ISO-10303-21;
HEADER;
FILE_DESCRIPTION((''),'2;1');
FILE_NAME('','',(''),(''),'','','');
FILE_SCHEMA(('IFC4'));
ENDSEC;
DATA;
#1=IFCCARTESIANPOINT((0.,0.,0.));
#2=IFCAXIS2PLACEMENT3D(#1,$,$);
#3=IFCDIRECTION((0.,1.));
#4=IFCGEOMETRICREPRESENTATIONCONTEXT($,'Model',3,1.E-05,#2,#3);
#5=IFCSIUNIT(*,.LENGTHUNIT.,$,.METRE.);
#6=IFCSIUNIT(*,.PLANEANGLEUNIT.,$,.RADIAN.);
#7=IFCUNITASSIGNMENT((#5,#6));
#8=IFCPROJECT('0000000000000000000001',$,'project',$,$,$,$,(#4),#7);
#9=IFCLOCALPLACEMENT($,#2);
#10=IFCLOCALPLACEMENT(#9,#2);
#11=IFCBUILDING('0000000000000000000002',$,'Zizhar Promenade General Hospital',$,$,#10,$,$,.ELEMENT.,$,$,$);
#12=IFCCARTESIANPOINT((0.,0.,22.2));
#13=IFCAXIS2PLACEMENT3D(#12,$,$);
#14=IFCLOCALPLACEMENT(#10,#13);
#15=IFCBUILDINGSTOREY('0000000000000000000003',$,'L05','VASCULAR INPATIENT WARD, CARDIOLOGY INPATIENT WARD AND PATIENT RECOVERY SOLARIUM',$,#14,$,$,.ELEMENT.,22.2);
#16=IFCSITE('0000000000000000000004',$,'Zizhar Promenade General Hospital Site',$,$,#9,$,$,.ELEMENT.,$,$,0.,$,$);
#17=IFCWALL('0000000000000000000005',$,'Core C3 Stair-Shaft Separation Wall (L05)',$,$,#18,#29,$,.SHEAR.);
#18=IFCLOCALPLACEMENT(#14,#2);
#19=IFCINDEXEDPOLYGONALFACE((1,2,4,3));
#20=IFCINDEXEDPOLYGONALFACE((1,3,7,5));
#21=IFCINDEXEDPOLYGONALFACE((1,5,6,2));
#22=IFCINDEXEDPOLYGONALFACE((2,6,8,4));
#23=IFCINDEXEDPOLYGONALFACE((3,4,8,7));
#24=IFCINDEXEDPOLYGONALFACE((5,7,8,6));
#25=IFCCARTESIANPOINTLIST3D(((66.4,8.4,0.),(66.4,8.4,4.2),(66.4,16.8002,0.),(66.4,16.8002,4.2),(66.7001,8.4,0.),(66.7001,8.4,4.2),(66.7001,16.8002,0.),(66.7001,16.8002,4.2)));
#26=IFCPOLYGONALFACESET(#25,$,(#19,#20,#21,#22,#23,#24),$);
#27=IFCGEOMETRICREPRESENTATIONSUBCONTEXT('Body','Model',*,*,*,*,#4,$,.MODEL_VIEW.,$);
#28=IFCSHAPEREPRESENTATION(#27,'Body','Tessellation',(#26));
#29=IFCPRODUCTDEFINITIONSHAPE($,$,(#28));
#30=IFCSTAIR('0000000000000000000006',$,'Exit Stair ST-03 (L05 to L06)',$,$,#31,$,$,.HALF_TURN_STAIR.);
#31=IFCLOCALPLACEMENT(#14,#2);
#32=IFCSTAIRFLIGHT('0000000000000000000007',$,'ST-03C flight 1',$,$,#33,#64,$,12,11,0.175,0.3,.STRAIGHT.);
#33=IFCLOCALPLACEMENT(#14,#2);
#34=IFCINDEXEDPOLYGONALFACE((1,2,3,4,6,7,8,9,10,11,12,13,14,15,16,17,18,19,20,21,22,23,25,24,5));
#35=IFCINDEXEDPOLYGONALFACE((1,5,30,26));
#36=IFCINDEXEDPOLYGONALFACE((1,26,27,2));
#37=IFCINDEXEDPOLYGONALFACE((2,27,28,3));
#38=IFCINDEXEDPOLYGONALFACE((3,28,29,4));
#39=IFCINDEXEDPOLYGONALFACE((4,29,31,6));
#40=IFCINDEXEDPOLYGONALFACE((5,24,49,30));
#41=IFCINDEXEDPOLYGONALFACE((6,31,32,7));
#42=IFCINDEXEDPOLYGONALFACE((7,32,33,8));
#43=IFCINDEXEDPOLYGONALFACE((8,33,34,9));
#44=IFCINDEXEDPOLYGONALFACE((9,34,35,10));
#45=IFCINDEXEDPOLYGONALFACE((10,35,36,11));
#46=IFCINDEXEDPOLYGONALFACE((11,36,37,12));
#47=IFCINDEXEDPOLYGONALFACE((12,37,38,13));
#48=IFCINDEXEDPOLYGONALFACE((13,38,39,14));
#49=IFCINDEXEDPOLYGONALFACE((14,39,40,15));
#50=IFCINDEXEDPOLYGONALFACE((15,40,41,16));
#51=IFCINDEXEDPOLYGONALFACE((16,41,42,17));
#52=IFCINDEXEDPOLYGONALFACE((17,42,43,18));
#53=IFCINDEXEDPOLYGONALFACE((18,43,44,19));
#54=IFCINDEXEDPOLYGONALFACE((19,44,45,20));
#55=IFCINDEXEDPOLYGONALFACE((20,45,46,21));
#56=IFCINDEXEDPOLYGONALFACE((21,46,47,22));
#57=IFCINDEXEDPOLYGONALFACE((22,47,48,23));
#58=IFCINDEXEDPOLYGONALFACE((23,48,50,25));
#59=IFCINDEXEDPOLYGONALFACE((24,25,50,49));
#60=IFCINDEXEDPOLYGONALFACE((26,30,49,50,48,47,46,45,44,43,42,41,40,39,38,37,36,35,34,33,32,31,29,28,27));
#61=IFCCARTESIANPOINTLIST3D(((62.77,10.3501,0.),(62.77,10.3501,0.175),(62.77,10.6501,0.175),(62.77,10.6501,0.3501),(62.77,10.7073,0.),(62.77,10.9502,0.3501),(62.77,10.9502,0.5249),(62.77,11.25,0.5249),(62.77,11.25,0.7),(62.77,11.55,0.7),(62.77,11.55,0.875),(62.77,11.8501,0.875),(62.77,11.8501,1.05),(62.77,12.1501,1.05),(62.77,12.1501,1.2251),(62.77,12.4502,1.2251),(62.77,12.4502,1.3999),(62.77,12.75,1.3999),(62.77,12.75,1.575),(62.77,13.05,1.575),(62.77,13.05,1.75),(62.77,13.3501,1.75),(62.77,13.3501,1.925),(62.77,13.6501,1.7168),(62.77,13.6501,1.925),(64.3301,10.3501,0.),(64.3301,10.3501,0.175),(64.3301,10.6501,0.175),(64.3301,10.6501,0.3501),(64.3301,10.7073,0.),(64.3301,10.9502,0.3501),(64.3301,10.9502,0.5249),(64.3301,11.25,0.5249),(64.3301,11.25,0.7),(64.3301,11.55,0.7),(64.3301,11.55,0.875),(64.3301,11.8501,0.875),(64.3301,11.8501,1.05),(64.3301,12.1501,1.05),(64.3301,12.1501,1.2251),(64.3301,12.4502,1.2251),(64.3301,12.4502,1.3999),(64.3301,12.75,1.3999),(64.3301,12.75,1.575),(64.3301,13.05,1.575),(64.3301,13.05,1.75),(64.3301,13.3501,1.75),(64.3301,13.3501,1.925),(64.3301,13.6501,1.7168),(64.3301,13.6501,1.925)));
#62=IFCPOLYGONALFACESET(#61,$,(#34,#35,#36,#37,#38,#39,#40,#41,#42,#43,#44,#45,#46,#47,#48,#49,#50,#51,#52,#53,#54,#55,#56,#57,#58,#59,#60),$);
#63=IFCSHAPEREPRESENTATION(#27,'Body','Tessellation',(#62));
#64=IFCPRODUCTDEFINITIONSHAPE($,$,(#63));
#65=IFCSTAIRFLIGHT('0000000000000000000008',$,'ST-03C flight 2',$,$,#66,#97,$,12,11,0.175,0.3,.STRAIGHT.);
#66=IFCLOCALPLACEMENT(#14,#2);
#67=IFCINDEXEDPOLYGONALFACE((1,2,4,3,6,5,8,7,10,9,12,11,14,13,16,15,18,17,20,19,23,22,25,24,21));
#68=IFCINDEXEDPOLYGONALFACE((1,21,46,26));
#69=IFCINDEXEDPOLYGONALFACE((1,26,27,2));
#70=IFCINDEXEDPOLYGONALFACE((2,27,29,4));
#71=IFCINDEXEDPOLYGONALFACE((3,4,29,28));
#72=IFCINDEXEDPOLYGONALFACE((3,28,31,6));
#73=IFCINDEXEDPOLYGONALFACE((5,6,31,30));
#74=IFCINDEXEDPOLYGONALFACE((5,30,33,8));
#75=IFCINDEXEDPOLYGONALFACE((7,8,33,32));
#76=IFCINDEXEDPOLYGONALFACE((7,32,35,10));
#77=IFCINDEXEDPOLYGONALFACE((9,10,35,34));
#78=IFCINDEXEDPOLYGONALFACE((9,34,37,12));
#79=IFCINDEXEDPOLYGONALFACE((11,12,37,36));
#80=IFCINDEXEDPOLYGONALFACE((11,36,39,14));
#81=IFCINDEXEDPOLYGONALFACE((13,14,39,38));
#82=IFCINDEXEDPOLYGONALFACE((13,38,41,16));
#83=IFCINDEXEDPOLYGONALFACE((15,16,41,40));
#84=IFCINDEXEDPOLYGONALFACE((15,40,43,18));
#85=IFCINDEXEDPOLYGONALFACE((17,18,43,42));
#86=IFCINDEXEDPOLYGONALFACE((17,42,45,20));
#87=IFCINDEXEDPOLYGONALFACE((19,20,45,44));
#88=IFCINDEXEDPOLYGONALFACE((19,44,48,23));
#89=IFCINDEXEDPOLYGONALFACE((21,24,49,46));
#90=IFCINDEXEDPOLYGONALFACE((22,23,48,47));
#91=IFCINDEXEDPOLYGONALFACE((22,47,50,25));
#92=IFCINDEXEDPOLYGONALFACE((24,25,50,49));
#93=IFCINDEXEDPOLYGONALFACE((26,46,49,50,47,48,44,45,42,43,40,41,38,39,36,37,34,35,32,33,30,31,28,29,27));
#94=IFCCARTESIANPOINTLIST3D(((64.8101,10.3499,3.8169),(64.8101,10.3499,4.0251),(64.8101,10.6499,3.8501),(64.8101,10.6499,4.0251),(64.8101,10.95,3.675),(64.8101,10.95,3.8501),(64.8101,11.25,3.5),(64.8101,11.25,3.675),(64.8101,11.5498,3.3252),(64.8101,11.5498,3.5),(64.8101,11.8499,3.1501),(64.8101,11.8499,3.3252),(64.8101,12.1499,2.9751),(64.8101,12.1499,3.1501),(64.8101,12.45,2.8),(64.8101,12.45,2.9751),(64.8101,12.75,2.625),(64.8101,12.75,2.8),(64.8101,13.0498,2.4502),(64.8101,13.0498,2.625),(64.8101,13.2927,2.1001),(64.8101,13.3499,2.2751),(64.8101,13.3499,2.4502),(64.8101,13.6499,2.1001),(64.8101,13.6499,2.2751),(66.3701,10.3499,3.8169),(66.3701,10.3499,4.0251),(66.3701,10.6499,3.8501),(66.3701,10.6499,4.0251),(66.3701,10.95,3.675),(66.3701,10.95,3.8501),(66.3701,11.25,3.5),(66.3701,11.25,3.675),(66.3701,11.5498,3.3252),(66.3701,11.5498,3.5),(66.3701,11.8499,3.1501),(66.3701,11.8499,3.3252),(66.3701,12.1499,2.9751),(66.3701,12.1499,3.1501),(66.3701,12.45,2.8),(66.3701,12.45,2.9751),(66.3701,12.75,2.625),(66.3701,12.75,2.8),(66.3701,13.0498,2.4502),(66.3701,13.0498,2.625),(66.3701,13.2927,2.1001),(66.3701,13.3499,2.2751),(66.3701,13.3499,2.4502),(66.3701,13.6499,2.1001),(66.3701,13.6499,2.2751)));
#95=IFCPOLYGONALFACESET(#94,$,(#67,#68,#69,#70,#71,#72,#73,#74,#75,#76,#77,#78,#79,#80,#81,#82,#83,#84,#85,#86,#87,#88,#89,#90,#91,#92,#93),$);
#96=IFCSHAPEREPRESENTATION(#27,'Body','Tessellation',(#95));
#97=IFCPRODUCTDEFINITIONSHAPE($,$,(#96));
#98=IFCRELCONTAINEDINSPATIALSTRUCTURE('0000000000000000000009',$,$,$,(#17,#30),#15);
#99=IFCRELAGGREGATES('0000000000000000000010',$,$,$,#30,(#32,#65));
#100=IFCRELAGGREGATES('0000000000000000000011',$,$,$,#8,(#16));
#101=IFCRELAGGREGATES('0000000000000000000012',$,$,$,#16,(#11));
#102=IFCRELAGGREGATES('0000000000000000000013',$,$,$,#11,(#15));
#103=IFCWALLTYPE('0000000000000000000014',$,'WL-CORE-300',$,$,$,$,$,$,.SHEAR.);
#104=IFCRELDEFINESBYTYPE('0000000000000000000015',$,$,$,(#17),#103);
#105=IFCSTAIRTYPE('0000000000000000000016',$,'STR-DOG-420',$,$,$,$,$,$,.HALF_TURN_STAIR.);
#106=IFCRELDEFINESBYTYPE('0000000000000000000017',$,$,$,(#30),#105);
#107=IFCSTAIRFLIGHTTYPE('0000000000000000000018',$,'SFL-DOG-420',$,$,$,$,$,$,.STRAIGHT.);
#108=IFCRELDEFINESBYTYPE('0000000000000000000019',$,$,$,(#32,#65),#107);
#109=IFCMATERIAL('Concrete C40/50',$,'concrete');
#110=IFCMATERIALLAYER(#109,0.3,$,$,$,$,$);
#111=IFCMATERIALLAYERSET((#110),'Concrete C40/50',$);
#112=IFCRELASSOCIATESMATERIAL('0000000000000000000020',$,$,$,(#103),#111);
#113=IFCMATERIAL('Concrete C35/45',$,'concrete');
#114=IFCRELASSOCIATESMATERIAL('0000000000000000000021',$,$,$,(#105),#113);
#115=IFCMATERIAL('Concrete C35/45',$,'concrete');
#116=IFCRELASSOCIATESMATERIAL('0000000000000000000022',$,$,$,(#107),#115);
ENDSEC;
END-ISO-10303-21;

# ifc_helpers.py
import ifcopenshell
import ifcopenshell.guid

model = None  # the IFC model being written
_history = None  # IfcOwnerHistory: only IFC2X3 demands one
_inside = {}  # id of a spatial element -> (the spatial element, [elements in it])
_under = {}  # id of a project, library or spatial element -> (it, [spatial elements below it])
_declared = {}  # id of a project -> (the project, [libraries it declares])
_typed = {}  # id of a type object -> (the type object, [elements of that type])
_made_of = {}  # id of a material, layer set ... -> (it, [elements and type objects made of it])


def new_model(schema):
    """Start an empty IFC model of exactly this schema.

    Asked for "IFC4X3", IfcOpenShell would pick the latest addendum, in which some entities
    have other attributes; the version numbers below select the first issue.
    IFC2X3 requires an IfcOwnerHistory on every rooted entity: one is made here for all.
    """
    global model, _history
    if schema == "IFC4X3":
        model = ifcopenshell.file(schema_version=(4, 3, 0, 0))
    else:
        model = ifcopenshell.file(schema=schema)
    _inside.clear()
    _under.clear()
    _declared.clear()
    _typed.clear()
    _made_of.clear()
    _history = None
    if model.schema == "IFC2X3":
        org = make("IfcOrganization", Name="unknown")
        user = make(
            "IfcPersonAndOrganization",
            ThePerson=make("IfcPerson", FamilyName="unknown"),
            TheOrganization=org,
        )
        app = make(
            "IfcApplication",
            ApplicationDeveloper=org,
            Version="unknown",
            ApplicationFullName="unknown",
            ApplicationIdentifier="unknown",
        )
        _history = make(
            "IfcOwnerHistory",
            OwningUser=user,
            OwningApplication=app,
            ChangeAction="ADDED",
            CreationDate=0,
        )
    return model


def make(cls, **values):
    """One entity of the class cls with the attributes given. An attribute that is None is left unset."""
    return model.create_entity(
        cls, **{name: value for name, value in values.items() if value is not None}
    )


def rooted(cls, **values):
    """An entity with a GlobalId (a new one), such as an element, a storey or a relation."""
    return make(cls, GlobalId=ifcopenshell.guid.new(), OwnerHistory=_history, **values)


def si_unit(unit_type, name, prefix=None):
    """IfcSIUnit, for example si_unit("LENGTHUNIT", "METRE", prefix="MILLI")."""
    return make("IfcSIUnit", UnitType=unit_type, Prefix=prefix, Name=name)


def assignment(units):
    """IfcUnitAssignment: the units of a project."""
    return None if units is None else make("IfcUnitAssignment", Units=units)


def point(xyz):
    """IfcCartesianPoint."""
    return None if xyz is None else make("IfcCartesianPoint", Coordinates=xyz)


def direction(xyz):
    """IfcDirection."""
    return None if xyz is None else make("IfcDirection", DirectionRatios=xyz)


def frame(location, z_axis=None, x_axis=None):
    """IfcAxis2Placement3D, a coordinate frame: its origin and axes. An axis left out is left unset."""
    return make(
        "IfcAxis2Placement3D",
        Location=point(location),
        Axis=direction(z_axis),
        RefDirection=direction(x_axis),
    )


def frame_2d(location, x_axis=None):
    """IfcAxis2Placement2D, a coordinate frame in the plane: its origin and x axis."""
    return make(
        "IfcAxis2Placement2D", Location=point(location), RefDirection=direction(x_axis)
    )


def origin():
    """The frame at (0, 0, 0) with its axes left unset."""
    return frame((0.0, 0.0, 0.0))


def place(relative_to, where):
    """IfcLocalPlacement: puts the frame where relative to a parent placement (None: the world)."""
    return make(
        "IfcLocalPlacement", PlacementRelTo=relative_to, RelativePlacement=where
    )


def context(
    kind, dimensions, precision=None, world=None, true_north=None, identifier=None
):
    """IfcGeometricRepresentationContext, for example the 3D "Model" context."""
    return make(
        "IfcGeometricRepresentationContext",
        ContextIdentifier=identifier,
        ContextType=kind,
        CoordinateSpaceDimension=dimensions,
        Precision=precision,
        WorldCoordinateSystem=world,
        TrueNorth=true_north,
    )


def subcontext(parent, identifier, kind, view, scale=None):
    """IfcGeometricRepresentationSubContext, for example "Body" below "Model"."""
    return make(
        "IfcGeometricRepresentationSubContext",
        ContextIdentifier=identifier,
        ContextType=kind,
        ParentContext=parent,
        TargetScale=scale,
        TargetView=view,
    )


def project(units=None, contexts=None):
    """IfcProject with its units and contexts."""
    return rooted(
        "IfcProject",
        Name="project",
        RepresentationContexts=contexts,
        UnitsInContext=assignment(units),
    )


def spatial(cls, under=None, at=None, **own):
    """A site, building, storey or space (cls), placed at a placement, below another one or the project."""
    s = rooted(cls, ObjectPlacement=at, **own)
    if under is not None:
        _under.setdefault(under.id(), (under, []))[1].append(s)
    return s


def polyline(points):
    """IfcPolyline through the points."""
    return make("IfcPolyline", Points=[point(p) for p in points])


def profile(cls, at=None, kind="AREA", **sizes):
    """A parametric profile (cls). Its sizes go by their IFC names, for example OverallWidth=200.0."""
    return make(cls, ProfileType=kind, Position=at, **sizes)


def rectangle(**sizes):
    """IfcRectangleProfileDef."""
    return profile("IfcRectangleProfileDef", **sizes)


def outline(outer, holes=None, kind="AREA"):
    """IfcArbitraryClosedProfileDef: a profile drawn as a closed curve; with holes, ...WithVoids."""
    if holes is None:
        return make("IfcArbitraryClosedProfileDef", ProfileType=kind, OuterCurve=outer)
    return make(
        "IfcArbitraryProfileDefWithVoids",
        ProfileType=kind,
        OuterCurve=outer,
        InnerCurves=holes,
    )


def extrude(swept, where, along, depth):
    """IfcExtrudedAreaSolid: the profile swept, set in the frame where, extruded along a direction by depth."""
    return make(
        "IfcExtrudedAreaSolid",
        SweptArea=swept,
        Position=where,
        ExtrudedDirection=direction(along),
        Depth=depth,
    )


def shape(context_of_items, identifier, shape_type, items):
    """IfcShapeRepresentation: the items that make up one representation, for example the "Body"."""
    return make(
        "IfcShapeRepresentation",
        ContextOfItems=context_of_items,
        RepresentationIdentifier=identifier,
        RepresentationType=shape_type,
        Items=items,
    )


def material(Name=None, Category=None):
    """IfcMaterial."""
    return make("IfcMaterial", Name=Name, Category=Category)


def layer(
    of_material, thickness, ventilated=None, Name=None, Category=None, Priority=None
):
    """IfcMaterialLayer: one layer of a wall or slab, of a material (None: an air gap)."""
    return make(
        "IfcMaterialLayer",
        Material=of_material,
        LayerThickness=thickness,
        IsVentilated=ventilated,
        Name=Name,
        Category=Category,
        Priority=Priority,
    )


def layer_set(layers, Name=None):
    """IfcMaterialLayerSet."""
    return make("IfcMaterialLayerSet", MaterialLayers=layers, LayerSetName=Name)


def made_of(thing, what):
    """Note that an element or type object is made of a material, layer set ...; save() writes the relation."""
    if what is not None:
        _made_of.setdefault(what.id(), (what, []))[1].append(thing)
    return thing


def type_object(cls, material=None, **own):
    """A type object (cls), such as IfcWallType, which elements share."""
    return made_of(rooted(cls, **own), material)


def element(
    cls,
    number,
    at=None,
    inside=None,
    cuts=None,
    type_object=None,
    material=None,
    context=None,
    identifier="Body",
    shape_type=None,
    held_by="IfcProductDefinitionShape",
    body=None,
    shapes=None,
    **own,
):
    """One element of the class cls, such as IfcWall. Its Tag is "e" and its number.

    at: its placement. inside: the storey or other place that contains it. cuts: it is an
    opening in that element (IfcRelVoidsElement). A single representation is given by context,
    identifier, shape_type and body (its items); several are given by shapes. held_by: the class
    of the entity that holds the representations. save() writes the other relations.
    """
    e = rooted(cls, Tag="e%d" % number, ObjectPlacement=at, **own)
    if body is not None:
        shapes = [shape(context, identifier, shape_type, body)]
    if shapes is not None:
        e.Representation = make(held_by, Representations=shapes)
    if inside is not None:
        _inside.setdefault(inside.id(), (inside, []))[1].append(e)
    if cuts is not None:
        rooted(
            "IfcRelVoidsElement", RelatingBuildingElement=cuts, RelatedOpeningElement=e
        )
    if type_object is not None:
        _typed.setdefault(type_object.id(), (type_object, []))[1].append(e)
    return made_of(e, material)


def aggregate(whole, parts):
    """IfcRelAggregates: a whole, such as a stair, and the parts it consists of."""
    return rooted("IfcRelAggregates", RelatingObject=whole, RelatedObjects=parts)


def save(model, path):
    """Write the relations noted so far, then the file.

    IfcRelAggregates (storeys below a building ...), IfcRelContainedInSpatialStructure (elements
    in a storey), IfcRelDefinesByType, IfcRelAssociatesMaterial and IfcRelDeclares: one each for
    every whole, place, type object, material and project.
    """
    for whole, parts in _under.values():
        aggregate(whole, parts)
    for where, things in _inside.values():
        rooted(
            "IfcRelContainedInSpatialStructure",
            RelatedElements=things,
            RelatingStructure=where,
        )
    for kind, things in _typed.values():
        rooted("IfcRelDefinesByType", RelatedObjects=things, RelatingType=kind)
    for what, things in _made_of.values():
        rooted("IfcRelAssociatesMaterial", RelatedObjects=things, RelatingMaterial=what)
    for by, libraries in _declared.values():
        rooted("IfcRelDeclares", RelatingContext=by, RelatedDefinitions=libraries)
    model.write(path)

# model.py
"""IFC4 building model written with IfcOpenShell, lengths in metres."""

from ifc_helpers import new_model, si_unit, direction, frame, frame_2d, origin, place, context, subcontext, project, spatial, polyline, rectangle, outline, extrude, material, layer, layer_set, type_object, element, aggregate, save


model = new_model("IFC4")

# Units and contexts
model_context = context("Model", 3, precision=1e-05, world=origin(), true_north=direction((0.0, 1.0)))
body_context = subcontext(model_context, "Body", "Model", "MODEL_VIEW")
ifc_project = project(units=[si_unit("LENGTHUNIT", "METRE"), si_unit("PLANEANGLEUNIT", "RADIAN")], contexts=[model_context])

# Site, building, storey
site_placement = place(None, origin())
site = spatial("IfcSite", under=ifc_project, at=site_placement, Name="Zizhar Promenade General Hospital Site", CompositionType="ELEMENT", RefElevation=0.0)
building_placement = place(site_placement, origin())
building = spatial("IfcBuilding", under=site, at=building_placement, Name="Zizhar Promenade General Hospital", CompositionType="ELEMENT")
storey_placement = place(building_placement, frame((0.0, 0.0, 22.2)))
storey = spatial("IfcBuildingStorey", under=building, at=storey_placement, Name="L05", Description="VASCULAR INPATIENT WARD, CARDIOLOGY INPATIENT WARD AND PATIENT RECOVERY SOLARIUM", CompositionType="ELEMENT", Elevation=22.2)

# Wall
ifc_material_1 = material(Name="Concrete C40/50", Category="concrete")
ifc_layer_1 = layer(ifc_material_1, 0.3)
ifc_layer_set_1 = layer_set([ifc_layer_1], Name="Concrete C40/50")
wall_type_1 = type_object("IfcWallType", Name="WL-CORE-300", PredefinedType="SHEAR", material=ifc_layer_set_1)
wall_1_placement = place(storey_placement, frame((66.55, 8.3999, 0.0), z_axis=(0.0, 0.0, 1.0), x_axis=(0.0, 1.0, 0.0)))
element("IfcWall", 1, at=wall_1_placement, inside=storey, type_object=wall_type_1, Name="Core C3 Stair-Shaft Separation Wall (L05)", PredefinedType="SHEAR", context=body_context, shape_type="SweptSolid", body=[
    extrude(rectangle(XDim=8.4001, YDim=0.3, at=frame_2d((4.2002, 0.0))), origin(), (0.0, 0.0, 1.0), 4.2),
])

# Stair, stair flights
ifc_material_2 = material(Name="Concrete C35/45", Category="concrete")
stair_type = type_object("IfcStairType", Name="STR-DOG-420", PredefinedType="HALF_TURN_STAIR", material=ifc_material_2)
stair_placement = place(storey_placement, origin())
stair = element("IfcStair", 2, at=stair_placement, inside=storey, type_object=stair_type, Name="Exit Stair ST-03 (L05 to L06)", PredefinedType="HALF_TURN_STAIR")
ifc_material_3 = material(Name="Concrete C35/45", Category="concrete")
stair_flight_type = type_object("IfcStairFlightType", Name="SFL-DOG-420", PredefinedType="STRAIGHT", material=ifc_material_3)
stair_flight_1_placement = place(storey_placement, frame((63.55, 10.3501, 0.0), z_axis=(0.0, 0.0, 1.0), x_axis=(0.0, 1.0, 0.0)))
stair_flight_1 = element("IfcStairFlight", 3, at=stair_flight_1_placement, type_object=stair_flight_type, Name="ST-03C flight 1", NumberOfRisers=12, NumberOfTreads=11, PredefinedType="STRAIGHT", RiserHeight=0.175, TreadLength=0.3, context=body_context, shape_type="SweptSolid", body=[
    extrude(outline(polyline([(0.0, 0.0), (0.0, 0.175), (0.3, 0.175), (0.3, 0.3501), (0.6001, 0.3501), (0.6001, 0.5249), (0.8999, 0.5249), (0.8999, 0.7), (1.2, 0.7), (1.2, 0.875), (1.5, 0.875), (1.5, 1.05), (1.8, 1.05), (1.8, 1.2251), (2.1001, 1.2251), (2.1001, 1.3999), (2.3999, 1.3999), (2.3999, 1.575), (2.7, 1.575), (2.7, 1.75), (3.0, 1.75), (3.0, 1.925), (3.3, 1.925), (3.3, 2.1001), (3.3, 1.7168), (0.3572, 0.0), (0.0, 0.0)])), frame((0.0, 0.78, 0.0), z_axis=(0.0, -1.0, 0.0), x_axis=(1.0, 0.0, 0.0)), (0.0, 0.0, 1.0), 1.5601),
])
stair_flight_2_placement = place(storey_placement, frame((65.5901, 13.6499, 2.1001), z_axis=(0.0, 0.0, 1.0), x_axis=(0.0, -1.0, 0.0)))
stair_flight_2 = element("IfcStairFlight", 4, at=stair_flight_2_placement, type_object=stair_flight_type, Name="ST-03C flight 2", NumberOfRisers=12, NumberOfTreads=11, PredefinedType="STRAIGHT", RiserHeight=0.175, TreadLength=0.3, context=body_context, shape_type="SweptSolid", body=[
    extrude(outline(polyline([(0.0, 0.0), (0.0, 0.175), (0.3, 0.175), (0.3, 0.3501), (0.6001, 0.3501), (0.6001, 0.5249), (0.8999, 0.5249), (0.8999, 0.7), (1.2, 0.7), (1.2, 0.875), (1.5, 0.875), (1.5, 1.05), (1.8, 1.05), (1.8, 1.2251), (2.1001, 1.2251), (2.1001, 1.3999), (2.3999, 1.3999), (2.3999, 1.575), (2.7, 1.575), (2.7, 1.75), (3.0, 1.75), (3.0, 1.925), (3.3, 1.925), (3.3, 2.1001), (3.3, 1.7168), (0.3572, 0.0), (0.0, 0.0)])), frame((0.0, 0.78, 0.0), z_axis=(0.0, -1.0, 0.0), x_axis=(1.0, 0.0, 0.0)), (0.0, 0.0, 1.0), 1.5601),
])
aggregate(stair, [stair_flight_1, stair_flight_2])

save(model, "model.ifc")
